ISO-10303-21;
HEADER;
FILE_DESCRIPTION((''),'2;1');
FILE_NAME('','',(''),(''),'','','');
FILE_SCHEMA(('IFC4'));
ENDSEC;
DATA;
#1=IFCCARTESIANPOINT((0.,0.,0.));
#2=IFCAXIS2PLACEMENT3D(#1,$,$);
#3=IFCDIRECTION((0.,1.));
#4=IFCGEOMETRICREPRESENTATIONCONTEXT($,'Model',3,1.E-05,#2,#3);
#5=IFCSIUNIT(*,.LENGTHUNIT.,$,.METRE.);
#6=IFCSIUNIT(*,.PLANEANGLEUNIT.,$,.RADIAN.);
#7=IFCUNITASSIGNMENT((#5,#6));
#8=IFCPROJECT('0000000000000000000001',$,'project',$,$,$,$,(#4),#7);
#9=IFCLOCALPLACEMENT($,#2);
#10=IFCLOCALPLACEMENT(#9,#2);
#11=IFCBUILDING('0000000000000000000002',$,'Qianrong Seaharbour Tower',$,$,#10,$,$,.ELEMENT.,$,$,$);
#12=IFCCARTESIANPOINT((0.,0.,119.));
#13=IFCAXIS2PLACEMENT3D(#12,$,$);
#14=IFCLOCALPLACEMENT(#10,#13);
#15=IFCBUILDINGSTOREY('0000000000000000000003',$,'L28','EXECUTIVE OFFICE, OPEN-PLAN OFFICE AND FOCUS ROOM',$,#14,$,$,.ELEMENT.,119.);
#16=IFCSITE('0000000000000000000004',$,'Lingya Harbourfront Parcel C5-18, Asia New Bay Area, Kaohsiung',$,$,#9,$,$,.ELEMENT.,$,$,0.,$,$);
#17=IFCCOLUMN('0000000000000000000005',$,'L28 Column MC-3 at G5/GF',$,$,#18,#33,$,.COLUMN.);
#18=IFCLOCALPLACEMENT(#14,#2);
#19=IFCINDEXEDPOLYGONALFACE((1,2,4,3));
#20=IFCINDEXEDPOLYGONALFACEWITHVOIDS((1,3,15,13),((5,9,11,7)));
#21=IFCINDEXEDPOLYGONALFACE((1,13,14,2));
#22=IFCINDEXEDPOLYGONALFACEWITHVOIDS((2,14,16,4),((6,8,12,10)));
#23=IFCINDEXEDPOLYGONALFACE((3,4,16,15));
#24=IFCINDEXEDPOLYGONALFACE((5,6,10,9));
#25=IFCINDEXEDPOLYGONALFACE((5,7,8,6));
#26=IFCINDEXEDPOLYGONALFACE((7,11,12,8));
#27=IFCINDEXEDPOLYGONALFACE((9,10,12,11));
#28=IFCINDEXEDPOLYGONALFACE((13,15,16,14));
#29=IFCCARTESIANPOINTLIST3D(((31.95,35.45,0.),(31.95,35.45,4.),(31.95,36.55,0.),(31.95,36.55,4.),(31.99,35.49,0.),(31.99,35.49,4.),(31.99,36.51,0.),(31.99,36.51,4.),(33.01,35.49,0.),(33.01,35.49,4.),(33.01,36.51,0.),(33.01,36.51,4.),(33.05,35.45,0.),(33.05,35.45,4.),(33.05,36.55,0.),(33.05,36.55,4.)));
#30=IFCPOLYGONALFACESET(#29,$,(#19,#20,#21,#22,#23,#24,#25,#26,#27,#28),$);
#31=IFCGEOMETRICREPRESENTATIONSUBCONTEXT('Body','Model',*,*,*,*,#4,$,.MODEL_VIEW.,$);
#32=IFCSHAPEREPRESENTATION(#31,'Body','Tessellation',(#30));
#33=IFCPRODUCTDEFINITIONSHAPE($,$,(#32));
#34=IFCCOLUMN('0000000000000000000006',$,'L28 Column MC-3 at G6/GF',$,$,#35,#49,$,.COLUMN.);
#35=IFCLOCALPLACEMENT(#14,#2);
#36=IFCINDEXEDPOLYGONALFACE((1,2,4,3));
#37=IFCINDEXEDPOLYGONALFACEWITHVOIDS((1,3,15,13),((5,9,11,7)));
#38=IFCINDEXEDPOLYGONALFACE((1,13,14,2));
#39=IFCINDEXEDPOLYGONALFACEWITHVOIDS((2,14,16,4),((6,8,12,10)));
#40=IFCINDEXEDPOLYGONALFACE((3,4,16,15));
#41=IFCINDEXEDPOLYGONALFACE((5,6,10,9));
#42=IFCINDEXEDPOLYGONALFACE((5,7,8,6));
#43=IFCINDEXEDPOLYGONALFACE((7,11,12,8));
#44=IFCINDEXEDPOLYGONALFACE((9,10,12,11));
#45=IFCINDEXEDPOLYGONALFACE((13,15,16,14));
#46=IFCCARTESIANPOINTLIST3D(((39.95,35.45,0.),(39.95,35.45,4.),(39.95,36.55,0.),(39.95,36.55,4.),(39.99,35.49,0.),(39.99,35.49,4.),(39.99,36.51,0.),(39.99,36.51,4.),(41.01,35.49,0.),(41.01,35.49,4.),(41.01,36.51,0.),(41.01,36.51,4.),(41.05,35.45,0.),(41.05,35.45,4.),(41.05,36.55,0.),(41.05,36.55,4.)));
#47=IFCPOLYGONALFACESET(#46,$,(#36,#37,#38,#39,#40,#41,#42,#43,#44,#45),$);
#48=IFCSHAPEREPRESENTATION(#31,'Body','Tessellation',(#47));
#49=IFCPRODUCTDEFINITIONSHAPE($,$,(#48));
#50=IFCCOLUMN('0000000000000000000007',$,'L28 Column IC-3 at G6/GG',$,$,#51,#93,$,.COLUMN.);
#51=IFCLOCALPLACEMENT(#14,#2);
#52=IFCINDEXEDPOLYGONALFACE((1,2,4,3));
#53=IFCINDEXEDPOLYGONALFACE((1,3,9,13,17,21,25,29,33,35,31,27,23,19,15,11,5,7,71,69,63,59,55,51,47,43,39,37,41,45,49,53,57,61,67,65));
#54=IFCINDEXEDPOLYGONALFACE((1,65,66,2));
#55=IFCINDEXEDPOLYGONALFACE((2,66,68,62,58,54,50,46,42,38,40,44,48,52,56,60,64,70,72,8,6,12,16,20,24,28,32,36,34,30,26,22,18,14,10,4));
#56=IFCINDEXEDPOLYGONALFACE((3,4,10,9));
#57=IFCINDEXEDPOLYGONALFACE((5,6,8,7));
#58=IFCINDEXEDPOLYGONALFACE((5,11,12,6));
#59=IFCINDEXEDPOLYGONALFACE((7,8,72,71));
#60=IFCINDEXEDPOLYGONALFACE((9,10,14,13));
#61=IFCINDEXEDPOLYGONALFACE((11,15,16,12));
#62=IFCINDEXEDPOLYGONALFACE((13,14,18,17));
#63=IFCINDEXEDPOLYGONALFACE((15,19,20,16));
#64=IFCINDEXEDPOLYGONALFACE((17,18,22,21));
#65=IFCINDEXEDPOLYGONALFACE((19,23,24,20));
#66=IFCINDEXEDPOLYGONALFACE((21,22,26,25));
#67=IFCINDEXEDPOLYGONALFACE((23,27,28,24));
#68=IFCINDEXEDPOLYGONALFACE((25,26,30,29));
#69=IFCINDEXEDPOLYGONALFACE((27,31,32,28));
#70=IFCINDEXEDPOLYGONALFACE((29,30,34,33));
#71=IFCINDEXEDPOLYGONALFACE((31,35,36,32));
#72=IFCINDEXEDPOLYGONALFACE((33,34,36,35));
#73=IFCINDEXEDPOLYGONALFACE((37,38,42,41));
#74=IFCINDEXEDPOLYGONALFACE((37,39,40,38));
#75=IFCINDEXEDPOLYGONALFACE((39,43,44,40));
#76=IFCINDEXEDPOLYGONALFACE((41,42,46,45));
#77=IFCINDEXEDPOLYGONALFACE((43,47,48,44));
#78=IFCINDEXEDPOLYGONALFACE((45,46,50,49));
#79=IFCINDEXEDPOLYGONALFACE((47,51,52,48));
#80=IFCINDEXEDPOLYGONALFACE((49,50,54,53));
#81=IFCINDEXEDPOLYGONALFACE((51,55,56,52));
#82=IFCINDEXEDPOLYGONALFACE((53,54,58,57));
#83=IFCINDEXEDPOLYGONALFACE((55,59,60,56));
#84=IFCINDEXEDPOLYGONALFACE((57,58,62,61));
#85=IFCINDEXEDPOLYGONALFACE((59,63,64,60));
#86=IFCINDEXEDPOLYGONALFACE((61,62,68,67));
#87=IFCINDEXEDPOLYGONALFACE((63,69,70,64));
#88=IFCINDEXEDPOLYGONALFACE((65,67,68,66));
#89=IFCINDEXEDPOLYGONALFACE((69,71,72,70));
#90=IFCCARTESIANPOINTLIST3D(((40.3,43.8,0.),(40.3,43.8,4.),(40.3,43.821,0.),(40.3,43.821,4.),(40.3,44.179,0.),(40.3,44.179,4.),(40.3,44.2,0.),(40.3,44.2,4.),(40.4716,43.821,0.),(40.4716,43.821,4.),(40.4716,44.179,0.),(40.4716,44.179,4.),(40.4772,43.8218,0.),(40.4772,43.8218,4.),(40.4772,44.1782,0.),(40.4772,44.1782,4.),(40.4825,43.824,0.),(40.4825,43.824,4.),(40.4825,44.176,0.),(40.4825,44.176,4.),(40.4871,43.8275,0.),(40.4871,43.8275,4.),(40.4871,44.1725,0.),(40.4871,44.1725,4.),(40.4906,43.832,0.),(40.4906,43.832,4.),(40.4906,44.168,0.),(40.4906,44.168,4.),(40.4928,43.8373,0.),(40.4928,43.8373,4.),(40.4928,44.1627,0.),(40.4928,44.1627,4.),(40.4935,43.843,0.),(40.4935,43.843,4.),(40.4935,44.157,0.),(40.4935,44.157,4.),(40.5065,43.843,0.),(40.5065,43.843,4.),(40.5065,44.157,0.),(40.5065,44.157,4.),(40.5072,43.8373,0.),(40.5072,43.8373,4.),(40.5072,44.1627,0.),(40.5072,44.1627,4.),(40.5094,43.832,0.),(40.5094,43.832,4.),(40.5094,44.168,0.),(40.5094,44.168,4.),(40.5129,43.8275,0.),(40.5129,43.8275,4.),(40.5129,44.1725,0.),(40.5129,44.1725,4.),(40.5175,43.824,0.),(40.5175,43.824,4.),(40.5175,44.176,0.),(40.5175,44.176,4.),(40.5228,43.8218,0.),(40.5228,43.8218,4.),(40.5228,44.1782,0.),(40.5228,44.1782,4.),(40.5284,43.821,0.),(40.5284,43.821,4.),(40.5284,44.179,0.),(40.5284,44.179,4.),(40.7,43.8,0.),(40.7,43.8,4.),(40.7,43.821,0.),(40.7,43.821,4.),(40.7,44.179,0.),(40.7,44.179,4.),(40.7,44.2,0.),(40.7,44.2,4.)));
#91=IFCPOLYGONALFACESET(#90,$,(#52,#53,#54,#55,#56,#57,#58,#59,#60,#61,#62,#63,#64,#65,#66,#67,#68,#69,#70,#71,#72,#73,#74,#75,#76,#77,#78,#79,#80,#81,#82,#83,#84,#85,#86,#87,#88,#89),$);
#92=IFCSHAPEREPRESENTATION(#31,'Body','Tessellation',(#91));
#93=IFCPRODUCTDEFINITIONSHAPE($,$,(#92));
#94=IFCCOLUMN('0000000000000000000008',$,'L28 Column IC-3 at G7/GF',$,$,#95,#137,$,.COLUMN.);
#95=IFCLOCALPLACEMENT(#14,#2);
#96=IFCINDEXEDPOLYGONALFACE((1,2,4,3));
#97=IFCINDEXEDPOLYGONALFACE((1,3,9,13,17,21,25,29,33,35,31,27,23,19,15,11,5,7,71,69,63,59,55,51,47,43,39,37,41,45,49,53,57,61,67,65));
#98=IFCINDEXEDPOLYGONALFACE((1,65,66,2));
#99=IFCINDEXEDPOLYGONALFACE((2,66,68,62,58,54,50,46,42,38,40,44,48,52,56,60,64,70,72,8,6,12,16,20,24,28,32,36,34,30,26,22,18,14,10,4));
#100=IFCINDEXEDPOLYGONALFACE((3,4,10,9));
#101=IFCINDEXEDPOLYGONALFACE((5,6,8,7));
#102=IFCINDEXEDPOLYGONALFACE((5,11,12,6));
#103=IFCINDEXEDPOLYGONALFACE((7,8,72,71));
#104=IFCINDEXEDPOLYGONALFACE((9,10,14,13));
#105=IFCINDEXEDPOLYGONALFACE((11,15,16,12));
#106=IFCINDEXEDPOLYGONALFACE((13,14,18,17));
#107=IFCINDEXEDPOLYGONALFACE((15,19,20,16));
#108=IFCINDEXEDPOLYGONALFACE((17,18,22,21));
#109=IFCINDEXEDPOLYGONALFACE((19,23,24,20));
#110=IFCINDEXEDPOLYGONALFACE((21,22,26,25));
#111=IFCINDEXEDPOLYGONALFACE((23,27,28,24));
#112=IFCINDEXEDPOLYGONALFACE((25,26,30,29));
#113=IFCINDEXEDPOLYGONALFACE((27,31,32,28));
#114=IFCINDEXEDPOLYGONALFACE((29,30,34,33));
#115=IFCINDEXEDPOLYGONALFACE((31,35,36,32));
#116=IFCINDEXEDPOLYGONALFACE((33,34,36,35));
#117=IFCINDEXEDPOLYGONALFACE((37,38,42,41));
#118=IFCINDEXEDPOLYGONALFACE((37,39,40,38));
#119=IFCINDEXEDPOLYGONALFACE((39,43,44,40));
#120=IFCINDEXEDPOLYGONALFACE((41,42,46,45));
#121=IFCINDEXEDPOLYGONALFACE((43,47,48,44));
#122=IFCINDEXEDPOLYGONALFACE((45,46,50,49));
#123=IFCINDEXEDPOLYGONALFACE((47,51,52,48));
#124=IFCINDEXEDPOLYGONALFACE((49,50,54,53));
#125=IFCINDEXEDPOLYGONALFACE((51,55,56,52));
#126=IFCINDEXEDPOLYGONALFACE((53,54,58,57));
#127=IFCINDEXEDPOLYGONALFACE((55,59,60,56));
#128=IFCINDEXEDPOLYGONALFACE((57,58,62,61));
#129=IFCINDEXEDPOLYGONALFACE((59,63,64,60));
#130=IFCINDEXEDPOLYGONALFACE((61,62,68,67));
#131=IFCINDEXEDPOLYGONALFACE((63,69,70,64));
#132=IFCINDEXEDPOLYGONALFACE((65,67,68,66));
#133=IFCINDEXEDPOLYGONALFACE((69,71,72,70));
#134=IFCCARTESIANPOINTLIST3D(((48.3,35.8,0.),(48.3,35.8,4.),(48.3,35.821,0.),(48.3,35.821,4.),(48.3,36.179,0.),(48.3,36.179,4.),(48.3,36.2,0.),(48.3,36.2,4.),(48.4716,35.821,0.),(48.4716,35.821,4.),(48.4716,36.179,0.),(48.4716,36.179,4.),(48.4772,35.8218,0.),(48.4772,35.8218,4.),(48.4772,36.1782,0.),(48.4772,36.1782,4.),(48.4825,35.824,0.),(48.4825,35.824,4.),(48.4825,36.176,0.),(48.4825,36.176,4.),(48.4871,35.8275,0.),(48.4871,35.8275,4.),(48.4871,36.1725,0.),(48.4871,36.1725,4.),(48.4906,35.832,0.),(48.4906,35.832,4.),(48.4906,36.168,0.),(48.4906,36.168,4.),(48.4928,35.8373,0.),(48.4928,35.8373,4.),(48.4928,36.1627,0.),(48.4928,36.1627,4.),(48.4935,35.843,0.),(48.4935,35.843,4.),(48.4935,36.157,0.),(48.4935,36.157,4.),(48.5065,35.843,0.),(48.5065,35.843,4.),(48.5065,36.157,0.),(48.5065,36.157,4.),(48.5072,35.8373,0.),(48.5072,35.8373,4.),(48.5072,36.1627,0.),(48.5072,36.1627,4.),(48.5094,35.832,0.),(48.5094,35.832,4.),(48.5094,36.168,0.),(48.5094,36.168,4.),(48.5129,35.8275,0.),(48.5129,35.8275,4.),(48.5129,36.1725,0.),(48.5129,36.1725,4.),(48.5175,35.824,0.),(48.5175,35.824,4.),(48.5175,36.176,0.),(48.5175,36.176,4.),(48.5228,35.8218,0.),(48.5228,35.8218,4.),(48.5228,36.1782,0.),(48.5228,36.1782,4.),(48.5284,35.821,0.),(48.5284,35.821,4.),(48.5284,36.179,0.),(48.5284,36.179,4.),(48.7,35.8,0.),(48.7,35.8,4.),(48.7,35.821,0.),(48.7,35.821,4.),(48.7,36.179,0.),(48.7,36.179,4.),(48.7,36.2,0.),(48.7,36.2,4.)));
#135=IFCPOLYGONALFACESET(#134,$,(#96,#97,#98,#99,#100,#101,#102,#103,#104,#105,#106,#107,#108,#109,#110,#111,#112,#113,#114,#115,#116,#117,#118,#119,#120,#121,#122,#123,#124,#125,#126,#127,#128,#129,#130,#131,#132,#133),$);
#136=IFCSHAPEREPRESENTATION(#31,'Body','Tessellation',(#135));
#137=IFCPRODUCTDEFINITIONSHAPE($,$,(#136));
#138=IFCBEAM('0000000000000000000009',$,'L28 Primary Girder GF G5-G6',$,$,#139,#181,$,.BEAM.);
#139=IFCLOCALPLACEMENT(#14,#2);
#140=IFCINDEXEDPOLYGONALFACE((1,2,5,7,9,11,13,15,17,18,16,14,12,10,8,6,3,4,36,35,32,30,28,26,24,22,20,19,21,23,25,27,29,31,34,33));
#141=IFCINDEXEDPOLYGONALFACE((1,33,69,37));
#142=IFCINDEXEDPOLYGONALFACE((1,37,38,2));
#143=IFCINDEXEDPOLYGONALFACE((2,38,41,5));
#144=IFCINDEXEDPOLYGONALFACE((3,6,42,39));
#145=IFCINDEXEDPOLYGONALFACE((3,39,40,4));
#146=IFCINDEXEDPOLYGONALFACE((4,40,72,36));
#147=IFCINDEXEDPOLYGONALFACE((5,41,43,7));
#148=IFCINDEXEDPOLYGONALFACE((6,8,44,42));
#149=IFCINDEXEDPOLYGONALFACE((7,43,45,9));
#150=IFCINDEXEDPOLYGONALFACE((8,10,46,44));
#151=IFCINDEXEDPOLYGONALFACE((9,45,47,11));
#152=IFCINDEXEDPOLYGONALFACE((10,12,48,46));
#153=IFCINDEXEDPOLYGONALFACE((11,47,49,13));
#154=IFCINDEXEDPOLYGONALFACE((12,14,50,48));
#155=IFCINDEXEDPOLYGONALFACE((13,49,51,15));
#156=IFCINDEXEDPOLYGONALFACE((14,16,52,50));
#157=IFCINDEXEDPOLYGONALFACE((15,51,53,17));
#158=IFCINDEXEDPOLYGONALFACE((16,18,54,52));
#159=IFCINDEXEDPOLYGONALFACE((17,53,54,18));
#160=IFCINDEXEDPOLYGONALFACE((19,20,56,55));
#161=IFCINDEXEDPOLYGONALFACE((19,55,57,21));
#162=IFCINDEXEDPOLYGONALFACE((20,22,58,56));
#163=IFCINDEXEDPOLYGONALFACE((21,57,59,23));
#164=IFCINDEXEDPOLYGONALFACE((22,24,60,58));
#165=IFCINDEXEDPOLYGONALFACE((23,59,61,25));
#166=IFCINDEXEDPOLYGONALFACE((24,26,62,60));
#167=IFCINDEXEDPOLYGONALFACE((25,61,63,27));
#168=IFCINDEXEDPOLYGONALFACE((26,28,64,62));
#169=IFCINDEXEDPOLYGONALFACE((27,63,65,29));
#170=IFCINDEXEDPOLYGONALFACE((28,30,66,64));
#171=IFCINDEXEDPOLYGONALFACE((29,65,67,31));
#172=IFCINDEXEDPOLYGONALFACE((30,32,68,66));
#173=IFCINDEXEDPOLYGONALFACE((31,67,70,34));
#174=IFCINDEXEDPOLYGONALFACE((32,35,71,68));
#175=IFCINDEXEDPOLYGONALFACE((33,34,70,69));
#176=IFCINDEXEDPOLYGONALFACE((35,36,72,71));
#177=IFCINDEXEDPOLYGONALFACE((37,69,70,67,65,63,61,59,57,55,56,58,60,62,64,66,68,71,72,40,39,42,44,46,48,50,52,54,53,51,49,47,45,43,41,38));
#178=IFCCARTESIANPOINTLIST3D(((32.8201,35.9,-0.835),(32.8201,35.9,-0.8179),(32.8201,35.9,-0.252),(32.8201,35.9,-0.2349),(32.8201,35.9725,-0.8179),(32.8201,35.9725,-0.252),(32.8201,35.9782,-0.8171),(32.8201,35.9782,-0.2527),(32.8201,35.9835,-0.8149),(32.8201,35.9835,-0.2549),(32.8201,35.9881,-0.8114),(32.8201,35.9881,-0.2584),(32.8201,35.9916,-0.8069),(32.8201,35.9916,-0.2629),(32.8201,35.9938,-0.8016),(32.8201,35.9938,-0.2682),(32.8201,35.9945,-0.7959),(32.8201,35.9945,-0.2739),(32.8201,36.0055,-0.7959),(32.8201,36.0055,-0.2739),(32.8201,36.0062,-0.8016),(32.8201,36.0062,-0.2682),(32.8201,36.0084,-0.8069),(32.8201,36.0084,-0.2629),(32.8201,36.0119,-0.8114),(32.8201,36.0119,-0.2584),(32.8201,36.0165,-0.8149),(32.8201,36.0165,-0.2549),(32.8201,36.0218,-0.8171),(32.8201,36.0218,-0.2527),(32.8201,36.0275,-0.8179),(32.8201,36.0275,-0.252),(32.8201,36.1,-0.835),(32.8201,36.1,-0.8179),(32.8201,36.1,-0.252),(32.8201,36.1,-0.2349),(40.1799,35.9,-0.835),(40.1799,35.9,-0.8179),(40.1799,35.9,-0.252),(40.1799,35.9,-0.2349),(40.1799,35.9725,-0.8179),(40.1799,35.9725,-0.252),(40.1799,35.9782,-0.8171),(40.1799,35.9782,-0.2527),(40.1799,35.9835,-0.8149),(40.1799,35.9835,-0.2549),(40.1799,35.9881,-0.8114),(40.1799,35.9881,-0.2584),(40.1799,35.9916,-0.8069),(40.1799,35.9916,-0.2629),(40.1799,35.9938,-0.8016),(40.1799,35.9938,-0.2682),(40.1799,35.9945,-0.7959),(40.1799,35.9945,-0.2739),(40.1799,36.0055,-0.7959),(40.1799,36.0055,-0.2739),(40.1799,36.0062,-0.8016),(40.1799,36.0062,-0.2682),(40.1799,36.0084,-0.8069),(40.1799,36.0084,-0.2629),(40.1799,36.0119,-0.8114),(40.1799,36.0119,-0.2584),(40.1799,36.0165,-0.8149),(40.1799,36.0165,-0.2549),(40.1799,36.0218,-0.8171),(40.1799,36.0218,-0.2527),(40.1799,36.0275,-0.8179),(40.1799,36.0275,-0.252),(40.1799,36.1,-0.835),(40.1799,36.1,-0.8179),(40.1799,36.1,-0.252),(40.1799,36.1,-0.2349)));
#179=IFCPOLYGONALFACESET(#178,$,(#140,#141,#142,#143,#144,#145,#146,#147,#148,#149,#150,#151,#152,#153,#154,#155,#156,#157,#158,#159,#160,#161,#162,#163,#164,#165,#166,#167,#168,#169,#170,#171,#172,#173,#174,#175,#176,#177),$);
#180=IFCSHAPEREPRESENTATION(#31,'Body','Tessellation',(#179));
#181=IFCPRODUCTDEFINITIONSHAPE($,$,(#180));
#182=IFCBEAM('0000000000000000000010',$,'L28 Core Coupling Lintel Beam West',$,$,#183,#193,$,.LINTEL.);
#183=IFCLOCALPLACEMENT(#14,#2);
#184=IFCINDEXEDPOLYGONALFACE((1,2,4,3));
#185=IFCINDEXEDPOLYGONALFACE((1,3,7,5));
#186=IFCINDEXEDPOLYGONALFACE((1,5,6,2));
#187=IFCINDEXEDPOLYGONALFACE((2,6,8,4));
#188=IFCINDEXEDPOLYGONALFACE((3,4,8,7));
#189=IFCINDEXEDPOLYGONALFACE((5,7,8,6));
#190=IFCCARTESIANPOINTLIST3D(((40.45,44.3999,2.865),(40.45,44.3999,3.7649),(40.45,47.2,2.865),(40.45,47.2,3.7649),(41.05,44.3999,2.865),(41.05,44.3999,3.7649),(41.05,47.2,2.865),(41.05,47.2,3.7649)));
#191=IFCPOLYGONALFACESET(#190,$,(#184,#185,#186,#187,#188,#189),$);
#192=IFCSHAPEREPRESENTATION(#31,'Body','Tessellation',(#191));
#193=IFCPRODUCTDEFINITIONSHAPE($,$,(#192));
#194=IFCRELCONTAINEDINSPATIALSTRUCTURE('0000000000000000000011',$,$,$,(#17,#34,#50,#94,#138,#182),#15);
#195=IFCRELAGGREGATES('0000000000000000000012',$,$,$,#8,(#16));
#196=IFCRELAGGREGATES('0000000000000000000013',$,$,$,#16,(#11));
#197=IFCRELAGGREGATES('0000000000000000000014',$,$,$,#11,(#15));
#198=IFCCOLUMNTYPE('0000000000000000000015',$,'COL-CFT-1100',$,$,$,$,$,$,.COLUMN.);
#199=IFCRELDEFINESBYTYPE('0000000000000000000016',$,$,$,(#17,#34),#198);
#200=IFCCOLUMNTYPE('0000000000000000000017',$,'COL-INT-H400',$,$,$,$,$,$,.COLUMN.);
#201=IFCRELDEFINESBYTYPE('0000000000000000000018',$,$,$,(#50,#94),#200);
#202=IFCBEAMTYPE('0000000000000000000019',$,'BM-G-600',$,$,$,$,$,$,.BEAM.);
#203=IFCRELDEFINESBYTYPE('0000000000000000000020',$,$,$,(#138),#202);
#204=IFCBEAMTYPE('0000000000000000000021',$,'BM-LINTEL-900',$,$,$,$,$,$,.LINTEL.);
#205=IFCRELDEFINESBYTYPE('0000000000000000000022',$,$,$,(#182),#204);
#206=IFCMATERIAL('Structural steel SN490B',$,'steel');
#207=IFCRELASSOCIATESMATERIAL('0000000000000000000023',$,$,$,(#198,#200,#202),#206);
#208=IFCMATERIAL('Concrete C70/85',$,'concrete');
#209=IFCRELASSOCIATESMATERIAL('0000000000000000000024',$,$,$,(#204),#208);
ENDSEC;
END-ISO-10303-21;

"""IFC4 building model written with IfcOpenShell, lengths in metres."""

from ifc_helpers import new_model, si_unit, direction, frame, origin, origin_2d, place, context, subcontext, project, spatial, rectangle, hollow_rectangle, i_section, extrude, material, material_profile, profile_set, type_object, element, save


model = new_model("IFC4")

# Units and contexts
model_context = context("Model", 3, precision=1e-05, world=origin(), true_north=direction((0.0, 1.0)))
body_context = subcontext(model_context, "Body", "Model", "MODEL_VIEW")
ifc_project = project(units=[si_unit("LENGTHUNIT", "METRE"), si_unit("PLANEANGLEUNIT", "RADIAN")], contexts=[model_context])

# Site, building, storey
site_placement = place(None, origin())
site = spatial("IfcSite", under=ifc_project, at=site_placement, Name="Lingya Harbourfront Parcel C5-18, Asia New Bay Area, Kaohsiung", CompositionType="ELEMENT", RefElevation=0.0)
building_placement = place(site_placement, origin())
building = spatial("IfcBuilding", under=site, at=building_placement, Name="Qianrong Seaharbour Tower", CompositionType="ELEMENT")
storey_placement = place(building_placement, frame((0.0, 0.0, 119.0)))
storey = spatial("IfcBuildingStorey", under=building, at=storey_placement, Name="L28", Description="EXECUTIVE OFFICE, OPEN-PLAN OFFICE AND FOCUS ROOM", CompositionType="ELEMENT", Elevation=119.0)

# Columns
ifc_material_1 = material(Name="Structural steel SN490B", Category="steel")
ifc_material_profile_1 = material_profile(ifc_material_1, hollow_rectangle(XDim=1.1001, YDim=1.1001, WallThickness=0.04, at=origin_2d()), Name="BOX1100x1100x40")
ifc_profile_set_1 = profile_set([ifc_material_profile_1], Name="Structural steel SN490B")
column_type_1 = type_object("IfcColumnType", Name="COL-CFT-1100", PredefinedType="COLUMN", material=ifc_profile_set_1)
for number, where, z_axis, x_axis, name in (
    (1, (32.5, 36.0, 0.0), (0.0, 0.0, 1.0), (1.0, 0.0, 0.0), "L28 Column MC-3 at G5/GF"),
    (2, (40.5, 36.0, 0.0), (0.0, 0.0, 1.0), (1.0, 0.0, 0.0), "L28 Column MC-3 at G6/GF"),
):
    element("IfcColumn", number, at=place(storey_placement, frame(where, z_axis=z_axis, x_axis=x_axis)), inside=storey, type_object=column_type_1, Name=name, PredefinedType="COLUMN", context=body_context, shape_type="SweptSolid", body=[
        extrude(hollow_rectangle(XDim=1.1001, YDim=1.1001, WallThickness=0.04, at=origin_2d()), origin(), (0.0, 0.0, 1.0), 4.0),
    ])
ifc_material_profile_2 = material_profile(ifc_material_1, i_section(OverallWidth=0.3999, OverallDepth=0.3999, WebThickness=0.0129, FlangeThickness=0.021, FilletRadius=0.022, at=origin_2d()), Name="H400x400x13x21")
ifc_profile_set_2 = profile_set([ifc_material_profile_2], Name="Structural steel SN490B")
column_type_2 = type_object("IfcColumnType", Name="COL-INT-H400", PredefinedType="COLUMN", material=ifc_profile_set_2)
for number, where, z_axis, x_axis, name in (
    (3, (40.5, 44.0, 0.0), (0.0, 0.0, 1.0), (1.0, 0.0, 0.0), "L28 Column IC-3 at G6/GG"),
    (4, (48.5, 36.0, 0.0), (0.0, 0.0, 1.0), (1.0, 0.0, 0.0), "L28 Column IC-3 at G7/GF"),
):
    element("IfcColumn", number, at=place(storey_placement, frame(where, z_axis=z_axis, x_axis=x_axis)), inside=storey, type_object=column_type_2, Name=name, PredefinedType="COLUMN", context=body_context, shape_type="SweptSolid", body=[
        extrude(i_section(OverallWidth=0.3999, OverallDepth=0.3999, WebThickness=0.0129, FlangeThickness=0.021, FilletRadius=0.022, at=origin_2d()), origin(), (0.0, 0.0, 1.0), 4.0),
    ])

# Beams
ifc_material_profile_3 = material_profile(ifc_material_1, i_section(OverallWidth=0.2, OverallDepth=0.6001, WebThickness=0.011, FlangeThickness=0.0171, FilletRadius=0.022, at=origin_2d()), Name="H600x200x11x17")
ifc_profile_set_3 = profile_set([ifc_material_profile_3], Name="Structural steel SN490B")
beam_type_1 = type_object("IfcBeamType", Name="BM-G-600", PredefinedType="BEAM", material=ifc_profile_set_3)
beam_1_placement = place(storey_placement, frame((32.8201, 36.0, -0.5349), z_axis=(1.0, 0.0, 0.0), x_axis=(0.0, 1.0, 0.0)))
element("IfcBeam", 5, at=beam_1_placement, inside=storey, type_object=beam_type_1, Name="L28 Primary Girder GF G5-G6", PredefinedType="BEAM", context=body_context, shape_type="SweptSolid", body=[
    extrude(i_section(OverallWidth=0.2, OverallDepth=0.6001, WebThickness=0.011, FlangeThickness=0.0171, FilletRadius=0.022, at=origin_2d()), origin(), (0.0, 0.0, 1.0), 7.3599),
])
ifc_material_2 = material(Name="Concrete C70/85", Category="concrete")
ifc_material_profile_4 = material_profile(ifc_material_2, rectangle(XDim=0.6001, YDim=0.8999, at=origin_2d()), Name="RC600x900")
ifc_profile_set_4 = profile_set([ifc_material_profile_4], Name="Concrete C70/85")
beam_type_2 = type_object("IfcBeamType", Name="BM-LINTEL-900", PredefinedType="LINTEL", material=ifc_profile_set_4)
beam_2_placement = place(storey_placement, frame((40.75, 44.3999, 3.3149), z_axis=(0.0, 1.0, 0.0), x_axis=(-1.0, 0.0, 0.0)))
element("IfcBeam", 6, at=beam_2_placement, inside=storey, type_object=beam_type_2, Name="L28 Core Coupling Lintel Beam West", PredefinedType="LINTEL", context=body_context, shape_type="SweptSolid", body=[
    extrude(rectangle(XDim=0.6001, YDim=0.8999, at=origin_2d()), origin(), (0.0, 0.0, 1.0), 2.8),
])

save(model, "model.ifc")
